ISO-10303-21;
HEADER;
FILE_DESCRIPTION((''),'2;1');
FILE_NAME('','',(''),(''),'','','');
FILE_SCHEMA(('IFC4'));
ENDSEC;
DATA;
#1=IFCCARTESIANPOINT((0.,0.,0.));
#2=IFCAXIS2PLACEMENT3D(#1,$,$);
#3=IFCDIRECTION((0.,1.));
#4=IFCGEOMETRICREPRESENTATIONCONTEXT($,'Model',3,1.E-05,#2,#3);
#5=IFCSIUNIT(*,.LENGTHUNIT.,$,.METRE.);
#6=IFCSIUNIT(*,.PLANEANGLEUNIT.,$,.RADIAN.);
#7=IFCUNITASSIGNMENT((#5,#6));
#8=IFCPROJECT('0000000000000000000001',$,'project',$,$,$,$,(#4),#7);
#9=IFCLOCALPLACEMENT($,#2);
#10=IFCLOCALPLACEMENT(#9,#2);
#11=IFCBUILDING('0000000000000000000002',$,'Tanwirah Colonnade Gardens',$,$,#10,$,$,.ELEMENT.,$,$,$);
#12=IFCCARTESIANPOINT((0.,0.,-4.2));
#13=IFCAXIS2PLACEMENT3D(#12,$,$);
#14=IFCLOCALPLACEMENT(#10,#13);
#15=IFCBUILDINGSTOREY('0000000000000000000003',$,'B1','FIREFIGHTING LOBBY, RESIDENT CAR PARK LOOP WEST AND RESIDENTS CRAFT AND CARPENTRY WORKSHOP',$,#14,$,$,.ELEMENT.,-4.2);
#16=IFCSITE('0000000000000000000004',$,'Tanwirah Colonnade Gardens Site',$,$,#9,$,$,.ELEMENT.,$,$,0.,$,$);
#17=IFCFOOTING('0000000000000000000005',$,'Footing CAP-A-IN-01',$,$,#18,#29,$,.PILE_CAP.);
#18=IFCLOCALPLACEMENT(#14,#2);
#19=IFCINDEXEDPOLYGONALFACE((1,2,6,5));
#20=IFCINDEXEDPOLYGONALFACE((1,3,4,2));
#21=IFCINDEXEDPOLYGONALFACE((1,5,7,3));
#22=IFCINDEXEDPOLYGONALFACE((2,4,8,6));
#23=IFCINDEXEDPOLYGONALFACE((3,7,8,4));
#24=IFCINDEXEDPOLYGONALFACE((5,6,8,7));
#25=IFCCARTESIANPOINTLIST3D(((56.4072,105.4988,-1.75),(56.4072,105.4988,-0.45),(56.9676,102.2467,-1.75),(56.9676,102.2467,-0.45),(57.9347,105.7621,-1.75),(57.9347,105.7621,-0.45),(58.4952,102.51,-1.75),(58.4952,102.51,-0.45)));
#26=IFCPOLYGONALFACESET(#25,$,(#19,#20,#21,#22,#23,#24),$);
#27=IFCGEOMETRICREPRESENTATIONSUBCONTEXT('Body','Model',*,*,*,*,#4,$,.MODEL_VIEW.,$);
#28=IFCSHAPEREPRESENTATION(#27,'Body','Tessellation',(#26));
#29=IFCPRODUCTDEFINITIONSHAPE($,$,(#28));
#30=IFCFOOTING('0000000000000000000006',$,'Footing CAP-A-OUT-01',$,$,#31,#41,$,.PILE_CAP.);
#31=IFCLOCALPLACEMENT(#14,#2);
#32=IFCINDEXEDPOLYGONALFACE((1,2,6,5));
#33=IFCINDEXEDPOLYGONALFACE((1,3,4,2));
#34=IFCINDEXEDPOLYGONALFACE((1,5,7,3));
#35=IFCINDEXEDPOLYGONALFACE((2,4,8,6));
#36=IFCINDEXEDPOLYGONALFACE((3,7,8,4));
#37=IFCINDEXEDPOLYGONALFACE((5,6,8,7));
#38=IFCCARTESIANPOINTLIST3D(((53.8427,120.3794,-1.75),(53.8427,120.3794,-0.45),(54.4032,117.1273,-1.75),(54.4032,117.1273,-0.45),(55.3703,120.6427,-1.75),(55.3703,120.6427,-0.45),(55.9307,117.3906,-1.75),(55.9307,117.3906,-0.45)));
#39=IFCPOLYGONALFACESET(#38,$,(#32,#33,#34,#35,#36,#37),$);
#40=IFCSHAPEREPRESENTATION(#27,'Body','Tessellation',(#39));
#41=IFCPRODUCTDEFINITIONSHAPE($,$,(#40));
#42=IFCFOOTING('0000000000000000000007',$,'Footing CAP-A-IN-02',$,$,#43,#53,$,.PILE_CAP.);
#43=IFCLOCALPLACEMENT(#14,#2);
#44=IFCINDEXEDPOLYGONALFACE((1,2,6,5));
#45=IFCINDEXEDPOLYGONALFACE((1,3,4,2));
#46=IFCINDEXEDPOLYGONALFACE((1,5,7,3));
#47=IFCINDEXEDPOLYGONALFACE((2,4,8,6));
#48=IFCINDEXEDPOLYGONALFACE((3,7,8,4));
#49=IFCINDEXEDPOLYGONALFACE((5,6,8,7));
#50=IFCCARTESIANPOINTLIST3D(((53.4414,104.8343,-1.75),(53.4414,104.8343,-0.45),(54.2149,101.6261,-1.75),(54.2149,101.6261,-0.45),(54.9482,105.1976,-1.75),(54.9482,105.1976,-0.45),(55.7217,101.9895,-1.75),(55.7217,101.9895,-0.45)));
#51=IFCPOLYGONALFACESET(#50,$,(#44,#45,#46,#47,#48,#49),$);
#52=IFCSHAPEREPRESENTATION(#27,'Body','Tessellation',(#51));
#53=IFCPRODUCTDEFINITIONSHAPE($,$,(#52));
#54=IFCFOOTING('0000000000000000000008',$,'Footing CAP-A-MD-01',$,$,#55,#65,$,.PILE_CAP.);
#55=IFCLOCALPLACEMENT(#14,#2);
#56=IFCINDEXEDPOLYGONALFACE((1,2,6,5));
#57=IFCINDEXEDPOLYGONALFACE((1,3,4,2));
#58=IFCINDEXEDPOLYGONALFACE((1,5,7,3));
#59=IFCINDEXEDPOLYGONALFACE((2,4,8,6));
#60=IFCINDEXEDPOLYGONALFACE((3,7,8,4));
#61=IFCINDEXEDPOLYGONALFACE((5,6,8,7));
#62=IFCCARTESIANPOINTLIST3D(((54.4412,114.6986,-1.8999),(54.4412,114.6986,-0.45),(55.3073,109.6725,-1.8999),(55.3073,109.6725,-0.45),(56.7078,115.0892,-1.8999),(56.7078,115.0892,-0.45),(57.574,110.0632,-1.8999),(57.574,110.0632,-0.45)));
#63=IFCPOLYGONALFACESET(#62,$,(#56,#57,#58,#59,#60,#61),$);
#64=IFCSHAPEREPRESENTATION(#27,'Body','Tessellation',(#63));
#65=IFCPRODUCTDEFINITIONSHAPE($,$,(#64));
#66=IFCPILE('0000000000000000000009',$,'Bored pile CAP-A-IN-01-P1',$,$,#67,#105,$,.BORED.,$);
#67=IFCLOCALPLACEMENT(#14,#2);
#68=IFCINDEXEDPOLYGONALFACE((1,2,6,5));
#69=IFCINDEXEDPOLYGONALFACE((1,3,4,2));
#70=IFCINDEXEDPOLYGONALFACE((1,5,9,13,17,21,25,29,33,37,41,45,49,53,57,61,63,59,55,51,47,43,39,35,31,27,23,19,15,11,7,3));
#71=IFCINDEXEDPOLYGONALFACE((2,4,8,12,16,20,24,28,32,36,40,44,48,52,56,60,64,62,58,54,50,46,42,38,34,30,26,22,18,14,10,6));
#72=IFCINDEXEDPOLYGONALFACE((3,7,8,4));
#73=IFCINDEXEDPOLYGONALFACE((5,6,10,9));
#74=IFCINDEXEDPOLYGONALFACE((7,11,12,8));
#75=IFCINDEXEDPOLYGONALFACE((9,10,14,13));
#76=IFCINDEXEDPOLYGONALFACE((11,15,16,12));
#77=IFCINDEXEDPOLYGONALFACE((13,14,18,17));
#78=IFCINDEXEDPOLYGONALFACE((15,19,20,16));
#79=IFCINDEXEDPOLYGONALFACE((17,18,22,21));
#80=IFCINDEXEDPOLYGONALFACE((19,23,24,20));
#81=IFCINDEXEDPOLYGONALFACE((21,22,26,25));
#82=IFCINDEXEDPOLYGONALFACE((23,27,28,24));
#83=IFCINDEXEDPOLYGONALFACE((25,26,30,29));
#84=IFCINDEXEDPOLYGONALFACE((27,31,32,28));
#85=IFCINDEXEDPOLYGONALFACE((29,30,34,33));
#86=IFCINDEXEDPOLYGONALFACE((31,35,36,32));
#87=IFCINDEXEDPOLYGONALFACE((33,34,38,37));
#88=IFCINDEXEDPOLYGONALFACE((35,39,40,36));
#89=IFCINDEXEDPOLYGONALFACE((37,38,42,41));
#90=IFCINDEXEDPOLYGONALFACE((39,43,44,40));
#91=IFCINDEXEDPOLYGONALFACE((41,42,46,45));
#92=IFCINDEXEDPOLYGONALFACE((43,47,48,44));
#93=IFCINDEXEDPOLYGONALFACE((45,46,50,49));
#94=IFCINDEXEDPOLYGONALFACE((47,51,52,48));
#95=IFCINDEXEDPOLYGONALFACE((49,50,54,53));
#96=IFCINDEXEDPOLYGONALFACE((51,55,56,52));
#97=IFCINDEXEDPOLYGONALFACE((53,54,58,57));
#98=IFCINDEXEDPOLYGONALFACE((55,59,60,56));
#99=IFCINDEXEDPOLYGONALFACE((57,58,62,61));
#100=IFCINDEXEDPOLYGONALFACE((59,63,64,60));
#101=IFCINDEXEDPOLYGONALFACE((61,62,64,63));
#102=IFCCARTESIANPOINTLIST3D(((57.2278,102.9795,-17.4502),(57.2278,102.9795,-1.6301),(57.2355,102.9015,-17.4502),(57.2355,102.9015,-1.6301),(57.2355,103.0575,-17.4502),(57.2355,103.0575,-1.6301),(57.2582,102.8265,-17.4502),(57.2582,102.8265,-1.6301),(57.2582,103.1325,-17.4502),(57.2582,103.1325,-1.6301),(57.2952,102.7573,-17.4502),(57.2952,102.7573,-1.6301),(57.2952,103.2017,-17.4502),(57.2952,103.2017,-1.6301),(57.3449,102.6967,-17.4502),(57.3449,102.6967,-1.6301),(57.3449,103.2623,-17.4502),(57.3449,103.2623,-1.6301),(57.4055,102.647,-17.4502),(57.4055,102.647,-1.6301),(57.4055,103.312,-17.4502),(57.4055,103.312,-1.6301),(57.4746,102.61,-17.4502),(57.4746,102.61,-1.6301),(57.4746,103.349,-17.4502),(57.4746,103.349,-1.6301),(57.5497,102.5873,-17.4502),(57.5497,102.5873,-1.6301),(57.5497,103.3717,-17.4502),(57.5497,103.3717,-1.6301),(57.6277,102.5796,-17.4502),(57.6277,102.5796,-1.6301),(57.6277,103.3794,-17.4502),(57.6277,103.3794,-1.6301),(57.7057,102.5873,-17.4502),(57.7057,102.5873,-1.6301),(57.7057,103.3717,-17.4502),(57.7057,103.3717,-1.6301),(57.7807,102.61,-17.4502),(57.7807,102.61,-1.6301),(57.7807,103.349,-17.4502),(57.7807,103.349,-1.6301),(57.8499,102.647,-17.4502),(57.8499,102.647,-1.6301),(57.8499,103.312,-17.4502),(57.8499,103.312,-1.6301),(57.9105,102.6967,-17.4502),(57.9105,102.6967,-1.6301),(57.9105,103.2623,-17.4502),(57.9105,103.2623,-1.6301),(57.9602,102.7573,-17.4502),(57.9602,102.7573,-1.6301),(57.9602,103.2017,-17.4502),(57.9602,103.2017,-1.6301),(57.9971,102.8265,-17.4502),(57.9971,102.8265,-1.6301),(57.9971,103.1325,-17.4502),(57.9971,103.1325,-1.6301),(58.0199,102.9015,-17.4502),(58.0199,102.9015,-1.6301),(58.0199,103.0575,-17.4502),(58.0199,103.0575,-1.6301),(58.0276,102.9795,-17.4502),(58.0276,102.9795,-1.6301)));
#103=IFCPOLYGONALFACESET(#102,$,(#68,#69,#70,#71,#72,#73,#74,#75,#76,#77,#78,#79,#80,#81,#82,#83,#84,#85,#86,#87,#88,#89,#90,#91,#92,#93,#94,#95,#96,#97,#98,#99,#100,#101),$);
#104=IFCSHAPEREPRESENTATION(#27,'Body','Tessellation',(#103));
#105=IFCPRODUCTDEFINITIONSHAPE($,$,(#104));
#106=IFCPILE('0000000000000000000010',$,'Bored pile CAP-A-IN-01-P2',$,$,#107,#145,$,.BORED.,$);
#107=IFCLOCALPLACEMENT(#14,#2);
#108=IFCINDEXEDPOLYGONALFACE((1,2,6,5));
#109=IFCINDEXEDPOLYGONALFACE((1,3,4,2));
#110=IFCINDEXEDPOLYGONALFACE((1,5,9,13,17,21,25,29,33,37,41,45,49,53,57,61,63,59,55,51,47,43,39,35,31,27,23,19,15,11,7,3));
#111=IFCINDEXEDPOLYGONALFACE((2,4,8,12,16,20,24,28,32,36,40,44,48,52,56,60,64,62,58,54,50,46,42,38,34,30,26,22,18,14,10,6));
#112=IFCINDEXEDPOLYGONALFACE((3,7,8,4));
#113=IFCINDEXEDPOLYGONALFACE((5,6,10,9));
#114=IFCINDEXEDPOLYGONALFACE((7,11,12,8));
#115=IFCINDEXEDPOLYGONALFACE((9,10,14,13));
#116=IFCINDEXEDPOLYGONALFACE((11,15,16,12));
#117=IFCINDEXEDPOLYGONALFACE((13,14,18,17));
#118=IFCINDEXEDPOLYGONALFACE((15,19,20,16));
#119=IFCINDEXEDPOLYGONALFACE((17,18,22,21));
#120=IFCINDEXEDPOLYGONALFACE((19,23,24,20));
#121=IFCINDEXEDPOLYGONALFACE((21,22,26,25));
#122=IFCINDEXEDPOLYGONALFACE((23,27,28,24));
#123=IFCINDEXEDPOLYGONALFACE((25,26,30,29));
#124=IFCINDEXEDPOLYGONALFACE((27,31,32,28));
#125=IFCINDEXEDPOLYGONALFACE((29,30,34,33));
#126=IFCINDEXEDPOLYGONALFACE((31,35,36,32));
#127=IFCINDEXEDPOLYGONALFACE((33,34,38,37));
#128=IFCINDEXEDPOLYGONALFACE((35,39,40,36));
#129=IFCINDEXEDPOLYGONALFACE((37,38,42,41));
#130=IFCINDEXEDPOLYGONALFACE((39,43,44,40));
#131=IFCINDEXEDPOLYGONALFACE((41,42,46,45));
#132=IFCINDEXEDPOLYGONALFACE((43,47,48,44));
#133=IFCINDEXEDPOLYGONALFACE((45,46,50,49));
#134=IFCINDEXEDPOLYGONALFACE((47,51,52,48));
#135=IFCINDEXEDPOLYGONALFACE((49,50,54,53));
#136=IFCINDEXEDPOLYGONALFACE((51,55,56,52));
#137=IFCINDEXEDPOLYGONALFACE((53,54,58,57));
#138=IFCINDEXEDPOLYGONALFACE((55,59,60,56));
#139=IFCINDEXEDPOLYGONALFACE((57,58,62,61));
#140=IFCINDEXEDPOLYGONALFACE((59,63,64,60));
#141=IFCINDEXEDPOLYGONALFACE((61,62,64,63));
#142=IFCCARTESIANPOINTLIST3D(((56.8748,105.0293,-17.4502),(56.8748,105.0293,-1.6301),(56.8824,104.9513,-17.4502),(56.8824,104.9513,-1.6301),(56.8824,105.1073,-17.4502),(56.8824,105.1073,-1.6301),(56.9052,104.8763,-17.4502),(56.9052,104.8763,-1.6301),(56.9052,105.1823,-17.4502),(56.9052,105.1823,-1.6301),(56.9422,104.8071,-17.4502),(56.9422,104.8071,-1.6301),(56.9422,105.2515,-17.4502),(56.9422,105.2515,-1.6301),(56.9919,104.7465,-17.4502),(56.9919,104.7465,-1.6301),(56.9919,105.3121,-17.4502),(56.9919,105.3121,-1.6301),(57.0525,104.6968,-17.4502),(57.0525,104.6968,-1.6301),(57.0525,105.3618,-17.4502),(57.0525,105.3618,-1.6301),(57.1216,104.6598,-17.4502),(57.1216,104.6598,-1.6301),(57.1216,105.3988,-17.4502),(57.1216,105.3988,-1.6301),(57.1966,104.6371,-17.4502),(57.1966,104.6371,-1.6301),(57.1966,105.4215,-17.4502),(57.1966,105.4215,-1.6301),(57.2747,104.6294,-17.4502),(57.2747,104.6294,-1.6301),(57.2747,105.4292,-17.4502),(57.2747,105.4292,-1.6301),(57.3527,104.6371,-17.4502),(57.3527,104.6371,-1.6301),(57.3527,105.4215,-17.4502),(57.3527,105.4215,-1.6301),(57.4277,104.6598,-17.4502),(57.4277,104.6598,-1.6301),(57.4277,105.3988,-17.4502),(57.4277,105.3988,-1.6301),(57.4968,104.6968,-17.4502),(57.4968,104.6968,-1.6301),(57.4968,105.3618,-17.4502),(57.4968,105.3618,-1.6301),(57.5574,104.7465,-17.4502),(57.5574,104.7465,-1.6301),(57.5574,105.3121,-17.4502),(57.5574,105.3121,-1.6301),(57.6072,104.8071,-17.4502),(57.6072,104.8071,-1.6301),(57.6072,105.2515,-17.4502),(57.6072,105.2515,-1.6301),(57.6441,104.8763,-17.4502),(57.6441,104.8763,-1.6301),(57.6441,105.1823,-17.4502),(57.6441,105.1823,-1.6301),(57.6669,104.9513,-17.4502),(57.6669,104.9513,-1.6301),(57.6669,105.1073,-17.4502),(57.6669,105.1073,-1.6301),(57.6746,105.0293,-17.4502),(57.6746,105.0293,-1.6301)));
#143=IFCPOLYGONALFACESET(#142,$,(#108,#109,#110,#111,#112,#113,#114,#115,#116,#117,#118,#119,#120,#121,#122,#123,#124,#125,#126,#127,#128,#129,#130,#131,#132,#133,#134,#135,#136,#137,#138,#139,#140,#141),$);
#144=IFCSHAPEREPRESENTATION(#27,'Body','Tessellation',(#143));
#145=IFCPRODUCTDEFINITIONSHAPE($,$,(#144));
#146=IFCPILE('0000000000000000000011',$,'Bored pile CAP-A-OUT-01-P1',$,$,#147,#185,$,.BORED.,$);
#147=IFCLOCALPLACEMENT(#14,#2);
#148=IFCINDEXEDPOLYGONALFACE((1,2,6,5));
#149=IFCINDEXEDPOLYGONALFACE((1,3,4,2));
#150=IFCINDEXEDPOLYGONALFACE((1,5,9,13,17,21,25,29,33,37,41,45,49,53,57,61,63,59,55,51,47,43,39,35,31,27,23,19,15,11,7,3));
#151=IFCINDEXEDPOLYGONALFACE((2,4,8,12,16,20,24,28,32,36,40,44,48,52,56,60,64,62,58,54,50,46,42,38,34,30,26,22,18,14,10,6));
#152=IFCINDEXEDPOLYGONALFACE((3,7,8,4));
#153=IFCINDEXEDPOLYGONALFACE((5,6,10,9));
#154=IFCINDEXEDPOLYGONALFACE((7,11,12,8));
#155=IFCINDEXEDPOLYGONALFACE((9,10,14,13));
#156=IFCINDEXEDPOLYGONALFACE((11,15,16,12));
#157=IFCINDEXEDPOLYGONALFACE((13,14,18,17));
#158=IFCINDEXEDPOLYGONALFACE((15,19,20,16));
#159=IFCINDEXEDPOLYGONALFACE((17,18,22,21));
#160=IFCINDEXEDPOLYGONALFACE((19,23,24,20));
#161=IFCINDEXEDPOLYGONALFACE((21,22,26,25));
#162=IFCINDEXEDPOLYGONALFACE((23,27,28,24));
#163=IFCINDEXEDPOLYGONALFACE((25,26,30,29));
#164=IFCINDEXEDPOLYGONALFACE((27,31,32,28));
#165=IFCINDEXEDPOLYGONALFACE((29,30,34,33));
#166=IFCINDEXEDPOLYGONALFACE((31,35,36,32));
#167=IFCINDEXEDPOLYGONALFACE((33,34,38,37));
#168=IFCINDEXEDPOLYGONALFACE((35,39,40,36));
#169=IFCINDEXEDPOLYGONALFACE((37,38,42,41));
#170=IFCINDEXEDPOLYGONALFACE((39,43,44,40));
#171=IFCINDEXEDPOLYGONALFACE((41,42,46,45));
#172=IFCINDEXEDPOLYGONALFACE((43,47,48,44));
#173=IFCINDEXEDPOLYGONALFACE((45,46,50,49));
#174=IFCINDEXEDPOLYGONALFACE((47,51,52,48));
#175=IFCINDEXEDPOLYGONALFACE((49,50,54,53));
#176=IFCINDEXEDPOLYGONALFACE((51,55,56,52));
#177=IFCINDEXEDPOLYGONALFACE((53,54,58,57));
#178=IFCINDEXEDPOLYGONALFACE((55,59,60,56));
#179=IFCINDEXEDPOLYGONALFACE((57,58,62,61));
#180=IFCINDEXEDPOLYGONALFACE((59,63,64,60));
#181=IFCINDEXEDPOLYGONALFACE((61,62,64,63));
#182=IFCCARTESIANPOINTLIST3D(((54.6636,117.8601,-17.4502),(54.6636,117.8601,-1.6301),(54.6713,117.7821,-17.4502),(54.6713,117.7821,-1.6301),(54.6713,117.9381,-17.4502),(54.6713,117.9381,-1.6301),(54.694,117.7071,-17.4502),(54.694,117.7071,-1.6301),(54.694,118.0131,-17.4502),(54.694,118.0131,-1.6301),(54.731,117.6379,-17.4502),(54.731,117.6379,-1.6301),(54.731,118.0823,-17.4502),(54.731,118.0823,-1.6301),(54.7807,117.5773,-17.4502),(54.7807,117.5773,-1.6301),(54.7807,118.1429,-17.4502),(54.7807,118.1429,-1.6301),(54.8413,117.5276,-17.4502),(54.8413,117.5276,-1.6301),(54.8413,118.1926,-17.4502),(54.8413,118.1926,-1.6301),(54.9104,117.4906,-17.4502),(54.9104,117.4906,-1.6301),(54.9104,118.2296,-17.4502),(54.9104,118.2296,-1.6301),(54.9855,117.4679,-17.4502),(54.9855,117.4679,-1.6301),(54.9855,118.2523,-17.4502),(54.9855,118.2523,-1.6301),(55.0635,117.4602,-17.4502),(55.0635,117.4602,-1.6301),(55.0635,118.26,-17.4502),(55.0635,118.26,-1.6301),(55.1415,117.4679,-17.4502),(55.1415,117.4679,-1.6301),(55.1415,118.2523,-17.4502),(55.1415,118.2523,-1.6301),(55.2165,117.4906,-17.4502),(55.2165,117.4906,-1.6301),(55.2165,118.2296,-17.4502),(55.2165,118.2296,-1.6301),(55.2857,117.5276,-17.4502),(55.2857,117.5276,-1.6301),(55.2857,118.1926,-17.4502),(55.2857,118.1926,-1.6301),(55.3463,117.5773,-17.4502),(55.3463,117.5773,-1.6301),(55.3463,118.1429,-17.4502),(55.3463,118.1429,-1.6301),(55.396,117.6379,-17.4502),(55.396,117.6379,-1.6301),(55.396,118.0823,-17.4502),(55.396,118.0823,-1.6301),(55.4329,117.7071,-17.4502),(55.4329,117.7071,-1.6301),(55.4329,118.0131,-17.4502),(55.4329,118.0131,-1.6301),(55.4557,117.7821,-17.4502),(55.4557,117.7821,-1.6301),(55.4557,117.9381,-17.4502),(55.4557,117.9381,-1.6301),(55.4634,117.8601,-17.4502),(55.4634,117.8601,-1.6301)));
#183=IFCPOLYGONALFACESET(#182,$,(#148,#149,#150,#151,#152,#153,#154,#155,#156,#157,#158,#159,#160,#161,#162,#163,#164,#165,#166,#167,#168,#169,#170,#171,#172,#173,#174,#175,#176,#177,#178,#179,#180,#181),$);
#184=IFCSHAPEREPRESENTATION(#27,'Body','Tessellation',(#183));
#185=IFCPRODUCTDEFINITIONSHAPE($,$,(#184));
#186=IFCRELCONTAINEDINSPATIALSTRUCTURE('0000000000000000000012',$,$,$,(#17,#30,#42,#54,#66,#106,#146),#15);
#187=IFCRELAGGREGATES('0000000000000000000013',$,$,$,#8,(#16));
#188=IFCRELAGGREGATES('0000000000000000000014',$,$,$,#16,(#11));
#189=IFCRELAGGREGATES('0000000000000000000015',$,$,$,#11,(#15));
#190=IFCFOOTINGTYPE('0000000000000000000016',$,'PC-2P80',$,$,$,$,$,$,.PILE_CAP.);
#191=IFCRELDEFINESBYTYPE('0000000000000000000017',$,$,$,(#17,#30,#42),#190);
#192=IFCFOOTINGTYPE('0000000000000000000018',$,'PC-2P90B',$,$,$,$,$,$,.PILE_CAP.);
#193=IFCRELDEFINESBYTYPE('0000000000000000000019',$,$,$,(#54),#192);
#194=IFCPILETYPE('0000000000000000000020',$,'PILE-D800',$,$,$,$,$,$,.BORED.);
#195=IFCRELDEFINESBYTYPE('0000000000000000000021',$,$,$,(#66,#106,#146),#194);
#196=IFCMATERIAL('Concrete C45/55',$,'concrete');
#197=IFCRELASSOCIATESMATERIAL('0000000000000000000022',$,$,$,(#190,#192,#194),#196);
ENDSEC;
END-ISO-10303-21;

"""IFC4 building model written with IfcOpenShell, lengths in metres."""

from ifc_helpers import new_model, si_unit, direction, frame, origin, origin_2d, place, context, subcontext, project, spatial, rectangle, circle, extrude, material, material_profile, profile_set, type_object, element, save


model = new_model("IFC4")

# Units and contexts
model_context = context("Model", 3, precision=1e-05, world=origin(), true_north=direction((0.0, 1.0)))
body_context = subcontext(model_context, "Body", "Model", "MODEL_VIEW")
ifc_project = project(units=[si_unit("LENGTHUNIT", "METRE"), si_unit("PLANEANGLEUNIT", "RADIAN")], contexts=[model_context])

# Site, building, storey
site_placement = place(None, origin())
site = spatial("IfcSite", under=ifc_project, at=site_placement, Name="Tanwirah Colonnade Gardens Site", CompositionType="ELEMENT", RefElevation=0.0)
building_placement = place(site_placement, origin())
building = spatial("IfcBuilding", under=site, at=building_placement, Name="Tanwirah Colonnade Gardens", CompositionType="ELEMENT")
storey_placement = place(building_placement, frame((0.0, 0.0, -4.2)))
storey = spatial("IfcBuildingStorey", under=building, at=storey_placement, Name="B1", Description="FIREFIGHTING LOBBY, RESIDENT CAR PARK LOOP WEST AND RESIDENTS CRAFT AND CARPENTRY WORKSHOP", CompositionType="ELEMENT", Elevation=-4.2)

# Footings
ifc_material_1 = material(Name="Concrete C45/55", Category="concrete")
footing_type_1 = type_object("IfcFootingType", Name="PC-2P80", PredefinedType="PILE_CAP", material=ifc_material_1)
for number, where, z_axis, x_axis, name in (
    (1, (57.4512, 104.0044, -1.75), (0.0, 0.0, 1.0), (-0.169827, 0.985474, 0.0), "Footing CAP-A-IN-01"),
    (2, (54.8867, 118.885, -1.75), (0.0, 0.0, 1.0), (-0.169827, 0.985474, 0.0), "Footing CAP-A-OUT-01"),
    (3, (54.5815, 103.4119, -1.75), (0.0, 0.0, 1.0), (-0.234388, 0.972143, 0.0), "Footing CAP-A-IN-02"),
):
    element("IfcFooting", number, at=place(storey_placement, frame(where, z_axis=z_axis, x_axis=x_axis)), inside=storey, type_object=footing_type_1, Name=name, PredefinedType="PILE_CAP", context=body_context, shape_type="SweptSolid", body=[
        extrude(rectangle(XDim=3.3, YDim=1.55, at=origin_2d()), origin(), (0.0, 0.0, 1.0), 1.3),
    ])
footing_type_2 = type_object("IfcFootingType", Name="PC-2P90B", PredefinedType="PILE_CAP", material=ifc_material_1)
footing_placement = place(storey_placement, frame((56.0076, 112.3809, -1.8999), z_axis=(0.0, 0.0, 1.0), x_axis=(-0.169827, 0.985474, 0.0)))
element("IfcFooting", 4, at=footing_placement, inside=storey, type_object=footing_type_2, Name="Footing CAP-A-MD-01", PredefinedType="PILE_CAP", context=body_context, shape_type="SweptSolid", body=[
    extrude(rectangle(XDim=5.1001, YDim=2.3, at=origin_2d()), origin(), (0.0, 0.0, 1.0), 1.45),
])

# Piles
ifc_material_profile_1 = material_profile(ifc_material_1, circle(Radius=0.3999, at=origin_2d()), Name="PILE D800")
ifc_profile_set_1 = profile_set([ifc_material_profile_1], Name="Concrete C45/55")
pile_type_1 = type_object("IfcPileType", Name="PILE-D800", PredefinedType="BORED", material=ifc_profile_set_1)
for number, where, z_axis, x_axis, name in (
    (5, (57.6277, 102.9795, -1.6301), (0.0, 0.0, -1.0), (1.0, 0.0, 0.0), "Bored pile CAP-A-IN-01-P1"),
    (6, (57.2747, 105.0293, -1.6301), (0.0, 0.0, -1.0), (1.0, 0.0, 0.0), "Bored pile CAP-A-IN-01-P2"),
    (7, (55.0635, 117.8601, -1.6301), (0.0, 0.0, -1.0), (1.0, 0.0, 0.0), "Bored pile CAP-A-OUT-01-P1"),
):
    element("IfcPile", number, at=place(storey_placement, frame(where, z_axis=z_axis, x_axis=x_axis)), inside=storey, type_object=pile_type_1, Name=name, PredefinedType="BORED", context=body_context, shape_type="SweptSolid", body=[
        extrude(circle(Radius=0.3999, at=origin_2d()), origin(), (0.0, 0.0, 1.0), 15.8201),
    ])

save(model, "model.ifc")
